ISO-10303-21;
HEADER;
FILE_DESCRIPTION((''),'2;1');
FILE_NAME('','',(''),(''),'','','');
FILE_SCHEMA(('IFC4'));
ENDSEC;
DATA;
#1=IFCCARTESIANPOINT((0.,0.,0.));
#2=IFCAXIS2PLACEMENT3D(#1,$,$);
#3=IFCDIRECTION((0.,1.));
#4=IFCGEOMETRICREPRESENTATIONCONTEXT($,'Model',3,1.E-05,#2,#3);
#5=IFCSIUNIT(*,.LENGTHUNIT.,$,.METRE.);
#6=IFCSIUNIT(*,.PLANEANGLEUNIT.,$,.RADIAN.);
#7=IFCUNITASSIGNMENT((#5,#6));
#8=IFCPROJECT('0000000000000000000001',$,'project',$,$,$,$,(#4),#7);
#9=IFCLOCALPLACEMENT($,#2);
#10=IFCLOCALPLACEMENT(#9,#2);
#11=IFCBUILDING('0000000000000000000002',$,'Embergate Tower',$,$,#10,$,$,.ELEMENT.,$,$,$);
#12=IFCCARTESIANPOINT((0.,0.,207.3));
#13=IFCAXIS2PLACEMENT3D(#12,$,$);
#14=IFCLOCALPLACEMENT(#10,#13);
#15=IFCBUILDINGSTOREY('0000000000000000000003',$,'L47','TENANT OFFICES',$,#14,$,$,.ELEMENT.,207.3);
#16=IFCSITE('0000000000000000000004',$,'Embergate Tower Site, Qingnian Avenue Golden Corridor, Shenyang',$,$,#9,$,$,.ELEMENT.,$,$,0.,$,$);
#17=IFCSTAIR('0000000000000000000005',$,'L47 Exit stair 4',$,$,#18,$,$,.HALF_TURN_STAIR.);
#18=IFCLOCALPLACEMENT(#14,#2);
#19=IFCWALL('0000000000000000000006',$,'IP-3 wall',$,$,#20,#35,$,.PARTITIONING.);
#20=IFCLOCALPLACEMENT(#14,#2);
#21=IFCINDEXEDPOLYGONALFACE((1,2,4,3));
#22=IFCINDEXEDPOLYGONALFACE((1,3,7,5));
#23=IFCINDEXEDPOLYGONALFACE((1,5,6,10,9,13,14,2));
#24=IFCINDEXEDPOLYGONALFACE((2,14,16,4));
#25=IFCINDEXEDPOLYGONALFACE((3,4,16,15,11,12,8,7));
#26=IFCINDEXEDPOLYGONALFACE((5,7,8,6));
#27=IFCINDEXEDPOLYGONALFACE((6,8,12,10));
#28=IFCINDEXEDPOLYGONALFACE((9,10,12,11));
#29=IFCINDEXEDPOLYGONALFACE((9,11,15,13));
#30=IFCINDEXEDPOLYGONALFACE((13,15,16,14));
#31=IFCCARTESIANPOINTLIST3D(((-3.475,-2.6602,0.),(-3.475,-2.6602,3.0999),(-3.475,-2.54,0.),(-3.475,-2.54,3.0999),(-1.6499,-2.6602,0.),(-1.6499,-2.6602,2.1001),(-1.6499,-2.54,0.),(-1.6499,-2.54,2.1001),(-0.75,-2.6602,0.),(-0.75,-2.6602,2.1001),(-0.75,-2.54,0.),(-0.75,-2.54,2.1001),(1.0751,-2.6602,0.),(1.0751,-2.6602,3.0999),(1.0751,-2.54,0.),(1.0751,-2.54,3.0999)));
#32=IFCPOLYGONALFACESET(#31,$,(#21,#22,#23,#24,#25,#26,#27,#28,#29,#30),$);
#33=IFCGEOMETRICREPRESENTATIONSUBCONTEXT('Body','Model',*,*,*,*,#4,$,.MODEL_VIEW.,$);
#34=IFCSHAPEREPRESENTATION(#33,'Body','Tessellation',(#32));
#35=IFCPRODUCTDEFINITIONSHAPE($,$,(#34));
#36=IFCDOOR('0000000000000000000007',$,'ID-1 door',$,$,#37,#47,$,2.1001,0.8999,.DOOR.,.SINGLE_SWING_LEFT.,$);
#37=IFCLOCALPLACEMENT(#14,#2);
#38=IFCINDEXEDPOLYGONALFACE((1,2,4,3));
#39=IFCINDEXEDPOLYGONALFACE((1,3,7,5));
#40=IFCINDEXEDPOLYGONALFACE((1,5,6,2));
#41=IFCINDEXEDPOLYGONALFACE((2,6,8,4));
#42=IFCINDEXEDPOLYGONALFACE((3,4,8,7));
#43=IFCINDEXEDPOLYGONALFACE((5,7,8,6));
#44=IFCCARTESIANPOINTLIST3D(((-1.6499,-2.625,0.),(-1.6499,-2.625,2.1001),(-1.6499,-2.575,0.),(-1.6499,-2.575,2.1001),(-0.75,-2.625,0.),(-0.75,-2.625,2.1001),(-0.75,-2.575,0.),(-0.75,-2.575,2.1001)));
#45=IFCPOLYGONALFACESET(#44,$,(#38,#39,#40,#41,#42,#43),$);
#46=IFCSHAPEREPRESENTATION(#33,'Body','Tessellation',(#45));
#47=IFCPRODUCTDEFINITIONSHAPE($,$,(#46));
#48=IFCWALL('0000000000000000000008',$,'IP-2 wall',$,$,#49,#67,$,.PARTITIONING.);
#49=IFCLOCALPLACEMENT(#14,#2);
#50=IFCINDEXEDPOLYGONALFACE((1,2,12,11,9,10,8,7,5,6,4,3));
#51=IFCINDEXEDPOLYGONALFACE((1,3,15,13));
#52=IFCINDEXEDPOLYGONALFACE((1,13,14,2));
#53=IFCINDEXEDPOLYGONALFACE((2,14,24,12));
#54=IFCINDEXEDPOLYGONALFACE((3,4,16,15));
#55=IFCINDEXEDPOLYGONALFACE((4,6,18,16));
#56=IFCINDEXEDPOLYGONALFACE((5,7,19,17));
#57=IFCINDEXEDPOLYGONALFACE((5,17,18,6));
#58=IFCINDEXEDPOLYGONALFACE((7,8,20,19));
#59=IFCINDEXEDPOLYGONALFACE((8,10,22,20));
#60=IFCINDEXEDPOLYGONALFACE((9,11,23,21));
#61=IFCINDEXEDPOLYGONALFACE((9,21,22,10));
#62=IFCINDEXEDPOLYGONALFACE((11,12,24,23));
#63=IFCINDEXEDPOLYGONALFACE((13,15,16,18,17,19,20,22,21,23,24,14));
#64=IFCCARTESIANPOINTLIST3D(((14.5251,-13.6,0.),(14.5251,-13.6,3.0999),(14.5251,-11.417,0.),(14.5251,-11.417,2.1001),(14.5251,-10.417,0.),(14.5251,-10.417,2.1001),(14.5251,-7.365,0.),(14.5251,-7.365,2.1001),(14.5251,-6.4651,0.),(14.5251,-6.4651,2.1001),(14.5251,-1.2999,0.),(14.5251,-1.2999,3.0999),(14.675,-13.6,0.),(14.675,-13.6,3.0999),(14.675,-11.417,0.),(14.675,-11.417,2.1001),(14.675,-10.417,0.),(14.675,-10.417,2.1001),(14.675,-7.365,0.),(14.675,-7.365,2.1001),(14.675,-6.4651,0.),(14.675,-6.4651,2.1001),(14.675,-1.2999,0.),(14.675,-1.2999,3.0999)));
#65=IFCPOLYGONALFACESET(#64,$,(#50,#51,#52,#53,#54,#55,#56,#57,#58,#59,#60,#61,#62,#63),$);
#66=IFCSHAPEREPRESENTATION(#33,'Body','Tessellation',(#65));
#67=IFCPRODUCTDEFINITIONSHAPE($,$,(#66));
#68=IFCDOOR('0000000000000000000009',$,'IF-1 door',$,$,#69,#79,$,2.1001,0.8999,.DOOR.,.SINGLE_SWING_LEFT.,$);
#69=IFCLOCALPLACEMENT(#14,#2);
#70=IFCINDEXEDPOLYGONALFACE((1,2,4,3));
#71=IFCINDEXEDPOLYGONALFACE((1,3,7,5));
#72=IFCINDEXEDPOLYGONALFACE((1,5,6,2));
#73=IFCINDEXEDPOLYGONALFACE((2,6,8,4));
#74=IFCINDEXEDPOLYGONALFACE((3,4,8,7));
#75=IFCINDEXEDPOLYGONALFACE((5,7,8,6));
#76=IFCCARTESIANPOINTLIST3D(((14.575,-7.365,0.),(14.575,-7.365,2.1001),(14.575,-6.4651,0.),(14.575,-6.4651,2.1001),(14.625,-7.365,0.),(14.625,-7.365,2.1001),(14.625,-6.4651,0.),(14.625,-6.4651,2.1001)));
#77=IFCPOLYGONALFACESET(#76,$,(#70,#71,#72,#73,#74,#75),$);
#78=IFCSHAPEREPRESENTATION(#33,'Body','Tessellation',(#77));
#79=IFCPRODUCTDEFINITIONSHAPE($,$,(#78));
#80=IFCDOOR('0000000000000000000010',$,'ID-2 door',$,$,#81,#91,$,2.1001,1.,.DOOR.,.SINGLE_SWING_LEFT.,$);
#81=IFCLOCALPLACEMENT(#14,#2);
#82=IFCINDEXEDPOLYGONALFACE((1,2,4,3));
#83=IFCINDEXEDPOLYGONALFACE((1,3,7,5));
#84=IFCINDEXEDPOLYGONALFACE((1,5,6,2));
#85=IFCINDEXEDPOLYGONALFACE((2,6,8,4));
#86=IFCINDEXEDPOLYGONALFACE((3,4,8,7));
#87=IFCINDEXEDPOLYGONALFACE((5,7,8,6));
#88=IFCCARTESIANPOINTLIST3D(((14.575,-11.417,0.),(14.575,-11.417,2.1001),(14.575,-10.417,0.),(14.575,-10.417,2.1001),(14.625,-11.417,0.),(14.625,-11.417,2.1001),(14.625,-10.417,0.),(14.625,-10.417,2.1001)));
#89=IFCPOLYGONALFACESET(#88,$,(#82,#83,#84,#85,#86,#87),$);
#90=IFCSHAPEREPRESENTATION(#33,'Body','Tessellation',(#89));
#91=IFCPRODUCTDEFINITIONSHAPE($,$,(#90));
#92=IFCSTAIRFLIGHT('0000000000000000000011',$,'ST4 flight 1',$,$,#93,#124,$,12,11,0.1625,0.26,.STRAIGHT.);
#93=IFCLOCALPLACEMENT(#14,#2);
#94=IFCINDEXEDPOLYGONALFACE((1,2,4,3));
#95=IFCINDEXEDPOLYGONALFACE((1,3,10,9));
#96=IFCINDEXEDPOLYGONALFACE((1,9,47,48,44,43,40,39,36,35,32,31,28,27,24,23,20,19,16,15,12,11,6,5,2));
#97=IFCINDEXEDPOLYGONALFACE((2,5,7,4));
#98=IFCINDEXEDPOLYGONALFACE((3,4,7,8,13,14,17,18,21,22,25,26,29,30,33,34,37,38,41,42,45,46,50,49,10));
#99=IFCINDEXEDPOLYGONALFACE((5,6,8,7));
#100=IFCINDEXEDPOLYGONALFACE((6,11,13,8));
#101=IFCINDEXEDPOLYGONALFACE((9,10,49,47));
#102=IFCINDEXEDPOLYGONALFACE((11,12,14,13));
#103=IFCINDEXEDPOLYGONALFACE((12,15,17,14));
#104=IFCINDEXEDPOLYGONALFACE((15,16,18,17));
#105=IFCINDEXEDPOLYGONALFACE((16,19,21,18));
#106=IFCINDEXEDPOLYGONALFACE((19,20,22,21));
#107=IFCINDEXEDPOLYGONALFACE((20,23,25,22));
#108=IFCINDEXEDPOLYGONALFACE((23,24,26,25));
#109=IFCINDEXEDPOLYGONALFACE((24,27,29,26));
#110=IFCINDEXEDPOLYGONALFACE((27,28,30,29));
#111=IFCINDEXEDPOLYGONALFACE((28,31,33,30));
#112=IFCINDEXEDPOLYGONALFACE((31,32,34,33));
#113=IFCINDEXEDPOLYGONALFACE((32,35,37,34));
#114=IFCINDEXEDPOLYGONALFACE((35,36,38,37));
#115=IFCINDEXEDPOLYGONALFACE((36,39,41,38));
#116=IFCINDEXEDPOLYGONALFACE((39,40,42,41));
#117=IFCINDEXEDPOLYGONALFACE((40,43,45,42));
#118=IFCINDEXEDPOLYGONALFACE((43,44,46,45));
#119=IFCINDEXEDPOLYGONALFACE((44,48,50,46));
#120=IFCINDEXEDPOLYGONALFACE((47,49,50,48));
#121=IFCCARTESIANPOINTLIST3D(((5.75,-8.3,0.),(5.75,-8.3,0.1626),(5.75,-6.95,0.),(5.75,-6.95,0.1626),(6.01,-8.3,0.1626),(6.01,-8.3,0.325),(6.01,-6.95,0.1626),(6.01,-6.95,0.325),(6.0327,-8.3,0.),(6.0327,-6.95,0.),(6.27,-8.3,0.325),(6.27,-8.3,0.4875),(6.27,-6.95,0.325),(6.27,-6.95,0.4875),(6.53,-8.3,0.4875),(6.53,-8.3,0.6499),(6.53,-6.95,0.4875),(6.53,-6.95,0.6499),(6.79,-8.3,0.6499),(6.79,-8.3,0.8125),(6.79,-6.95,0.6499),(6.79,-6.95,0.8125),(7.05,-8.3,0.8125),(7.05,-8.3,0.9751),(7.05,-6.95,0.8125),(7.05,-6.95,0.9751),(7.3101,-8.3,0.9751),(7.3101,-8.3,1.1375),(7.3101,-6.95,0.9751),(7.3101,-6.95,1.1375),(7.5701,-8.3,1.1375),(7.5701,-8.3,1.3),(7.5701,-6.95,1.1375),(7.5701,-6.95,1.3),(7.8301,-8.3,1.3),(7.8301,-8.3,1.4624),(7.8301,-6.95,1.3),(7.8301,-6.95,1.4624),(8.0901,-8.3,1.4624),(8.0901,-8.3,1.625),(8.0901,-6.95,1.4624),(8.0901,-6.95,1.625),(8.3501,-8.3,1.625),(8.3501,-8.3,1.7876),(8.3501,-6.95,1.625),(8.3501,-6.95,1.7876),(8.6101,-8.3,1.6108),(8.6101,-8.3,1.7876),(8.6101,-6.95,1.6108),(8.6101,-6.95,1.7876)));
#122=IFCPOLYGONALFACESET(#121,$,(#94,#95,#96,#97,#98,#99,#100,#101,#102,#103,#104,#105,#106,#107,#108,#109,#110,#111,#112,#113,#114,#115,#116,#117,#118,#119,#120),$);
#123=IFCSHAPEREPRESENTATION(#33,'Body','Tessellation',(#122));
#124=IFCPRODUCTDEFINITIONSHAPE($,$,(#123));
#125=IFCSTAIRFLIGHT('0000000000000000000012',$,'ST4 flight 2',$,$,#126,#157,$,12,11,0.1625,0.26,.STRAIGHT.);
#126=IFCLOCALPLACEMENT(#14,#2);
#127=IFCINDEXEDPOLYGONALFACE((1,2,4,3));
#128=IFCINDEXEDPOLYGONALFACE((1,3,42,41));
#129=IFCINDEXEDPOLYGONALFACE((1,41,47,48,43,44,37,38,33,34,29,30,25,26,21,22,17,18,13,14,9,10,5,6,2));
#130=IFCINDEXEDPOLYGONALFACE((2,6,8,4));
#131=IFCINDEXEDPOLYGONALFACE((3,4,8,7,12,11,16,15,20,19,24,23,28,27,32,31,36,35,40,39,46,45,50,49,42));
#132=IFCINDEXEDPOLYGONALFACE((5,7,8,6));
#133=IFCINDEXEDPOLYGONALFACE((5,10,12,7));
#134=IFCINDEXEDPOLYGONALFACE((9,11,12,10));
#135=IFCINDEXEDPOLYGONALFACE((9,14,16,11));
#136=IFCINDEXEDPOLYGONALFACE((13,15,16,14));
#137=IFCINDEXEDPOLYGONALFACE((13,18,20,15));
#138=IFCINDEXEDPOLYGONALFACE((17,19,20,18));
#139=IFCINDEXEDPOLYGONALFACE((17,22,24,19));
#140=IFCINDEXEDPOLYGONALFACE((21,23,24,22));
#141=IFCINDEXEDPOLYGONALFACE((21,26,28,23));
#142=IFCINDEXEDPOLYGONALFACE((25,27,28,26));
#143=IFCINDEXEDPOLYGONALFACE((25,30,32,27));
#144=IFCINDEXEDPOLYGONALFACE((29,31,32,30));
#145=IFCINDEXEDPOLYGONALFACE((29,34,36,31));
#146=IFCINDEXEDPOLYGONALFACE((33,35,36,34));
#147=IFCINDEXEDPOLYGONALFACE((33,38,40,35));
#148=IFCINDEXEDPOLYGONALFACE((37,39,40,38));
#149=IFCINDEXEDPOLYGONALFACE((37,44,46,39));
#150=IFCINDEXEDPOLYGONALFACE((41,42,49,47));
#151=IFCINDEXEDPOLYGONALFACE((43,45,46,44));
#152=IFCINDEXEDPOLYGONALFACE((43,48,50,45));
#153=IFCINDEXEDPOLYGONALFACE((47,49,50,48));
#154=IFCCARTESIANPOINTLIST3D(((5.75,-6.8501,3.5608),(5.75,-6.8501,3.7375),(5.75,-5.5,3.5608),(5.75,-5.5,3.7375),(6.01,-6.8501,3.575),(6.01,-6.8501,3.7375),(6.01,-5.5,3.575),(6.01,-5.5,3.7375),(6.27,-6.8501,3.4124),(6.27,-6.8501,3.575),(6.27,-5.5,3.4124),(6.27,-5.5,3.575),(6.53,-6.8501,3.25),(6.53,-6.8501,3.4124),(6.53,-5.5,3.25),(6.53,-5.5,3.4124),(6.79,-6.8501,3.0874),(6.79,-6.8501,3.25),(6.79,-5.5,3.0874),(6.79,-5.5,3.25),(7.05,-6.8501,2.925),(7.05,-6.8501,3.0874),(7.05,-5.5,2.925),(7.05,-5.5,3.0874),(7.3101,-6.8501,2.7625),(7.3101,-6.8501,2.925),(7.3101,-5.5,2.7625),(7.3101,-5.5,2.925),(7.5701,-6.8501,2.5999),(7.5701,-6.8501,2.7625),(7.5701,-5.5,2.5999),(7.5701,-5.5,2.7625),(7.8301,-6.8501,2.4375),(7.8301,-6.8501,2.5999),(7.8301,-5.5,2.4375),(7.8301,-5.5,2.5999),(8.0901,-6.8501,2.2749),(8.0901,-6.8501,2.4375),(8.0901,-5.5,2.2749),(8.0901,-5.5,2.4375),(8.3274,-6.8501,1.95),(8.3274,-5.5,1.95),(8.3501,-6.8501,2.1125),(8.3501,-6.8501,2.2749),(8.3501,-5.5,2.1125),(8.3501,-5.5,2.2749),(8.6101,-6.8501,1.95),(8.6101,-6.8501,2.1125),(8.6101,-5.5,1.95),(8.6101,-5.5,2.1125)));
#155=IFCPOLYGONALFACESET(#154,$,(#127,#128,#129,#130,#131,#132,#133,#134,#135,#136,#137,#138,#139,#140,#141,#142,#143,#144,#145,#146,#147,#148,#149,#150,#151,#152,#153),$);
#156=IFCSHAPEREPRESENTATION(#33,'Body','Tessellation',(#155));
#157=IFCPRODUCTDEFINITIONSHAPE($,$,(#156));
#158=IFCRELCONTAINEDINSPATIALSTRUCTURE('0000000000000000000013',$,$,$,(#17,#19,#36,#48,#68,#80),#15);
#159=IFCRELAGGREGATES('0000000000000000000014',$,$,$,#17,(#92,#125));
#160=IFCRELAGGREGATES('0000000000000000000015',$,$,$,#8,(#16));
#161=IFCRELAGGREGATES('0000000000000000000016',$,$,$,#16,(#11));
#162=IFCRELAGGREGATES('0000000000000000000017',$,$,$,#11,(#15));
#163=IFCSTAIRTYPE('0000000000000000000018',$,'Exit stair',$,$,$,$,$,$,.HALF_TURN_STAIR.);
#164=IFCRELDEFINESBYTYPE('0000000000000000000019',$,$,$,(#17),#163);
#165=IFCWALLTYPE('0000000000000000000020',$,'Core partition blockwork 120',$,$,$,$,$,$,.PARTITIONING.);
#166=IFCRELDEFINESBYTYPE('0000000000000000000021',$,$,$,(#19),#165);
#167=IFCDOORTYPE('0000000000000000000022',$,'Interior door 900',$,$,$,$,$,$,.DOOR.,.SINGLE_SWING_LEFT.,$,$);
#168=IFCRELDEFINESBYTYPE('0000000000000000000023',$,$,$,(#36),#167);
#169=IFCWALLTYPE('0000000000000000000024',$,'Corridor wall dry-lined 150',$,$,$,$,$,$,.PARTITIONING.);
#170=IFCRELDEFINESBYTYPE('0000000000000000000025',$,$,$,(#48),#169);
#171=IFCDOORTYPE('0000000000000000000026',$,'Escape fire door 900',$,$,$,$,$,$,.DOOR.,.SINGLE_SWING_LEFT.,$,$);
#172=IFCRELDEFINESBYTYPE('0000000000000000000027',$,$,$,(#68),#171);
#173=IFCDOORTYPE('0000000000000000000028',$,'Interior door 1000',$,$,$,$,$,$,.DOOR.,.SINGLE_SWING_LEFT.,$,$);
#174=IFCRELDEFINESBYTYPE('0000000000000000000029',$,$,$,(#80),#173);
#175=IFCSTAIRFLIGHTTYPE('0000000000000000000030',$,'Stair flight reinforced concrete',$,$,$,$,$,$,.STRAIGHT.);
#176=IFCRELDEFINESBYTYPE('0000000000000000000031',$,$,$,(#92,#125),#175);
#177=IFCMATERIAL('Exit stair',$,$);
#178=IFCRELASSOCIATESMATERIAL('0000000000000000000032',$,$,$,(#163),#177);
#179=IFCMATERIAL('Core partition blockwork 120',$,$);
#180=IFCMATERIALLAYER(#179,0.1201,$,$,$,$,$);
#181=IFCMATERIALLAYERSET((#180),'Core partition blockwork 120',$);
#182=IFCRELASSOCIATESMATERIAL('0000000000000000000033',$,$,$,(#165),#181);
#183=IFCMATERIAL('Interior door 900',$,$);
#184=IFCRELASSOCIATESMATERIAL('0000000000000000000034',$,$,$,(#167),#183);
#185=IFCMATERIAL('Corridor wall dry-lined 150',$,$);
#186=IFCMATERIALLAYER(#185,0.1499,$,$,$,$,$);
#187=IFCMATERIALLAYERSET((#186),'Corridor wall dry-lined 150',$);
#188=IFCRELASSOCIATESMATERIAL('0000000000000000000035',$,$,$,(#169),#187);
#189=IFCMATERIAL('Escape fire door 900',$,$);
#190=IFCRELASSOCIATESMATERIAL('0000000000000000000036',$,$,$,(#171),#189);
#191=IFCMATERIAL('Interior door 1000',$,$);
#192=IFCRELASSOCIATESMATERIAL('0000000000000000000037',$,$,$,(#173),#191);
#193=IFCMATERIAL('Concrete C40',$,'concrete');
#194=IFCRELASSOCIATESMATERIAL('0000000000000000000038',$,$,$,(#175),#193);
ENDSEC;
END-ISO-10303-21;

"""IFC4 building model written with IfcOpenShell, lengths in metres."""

from ifc_helpers import new_model, si_unit, direction, frame, frame_2d, origin, place, context, subcontext, project, spatial, polyline, rectangle, outline, extrude, source, transform, mapped, material, layer, layer_set, type_object, element, fill, aggregate, save


model = new_model("IFC4")

# Units and contexts
model_context = context("Model", 3, precision=1e-05, world=origin(), true_north=direction((0.0, 1.0)))
body_context = subcontext(model_context, "Body", "Model", "MODEL_VIEW")
ifc_project = project(units=[si_unit("LENGTHUNIT", "METRE"), si_unit("PLANEANGLEUNIT", "RADIAN")], contexts=[model_context])

# Site, building, storey
site_placement = place(None, origin())
site = spatial("IfcSite", under=ifc_project, at=site_placement, Name="Embergate Tower Site, Qingnian Avenue Golden Corridor, Shenyang", CompositionType="ELEMENT", RefElevation=0.0)
building_placement = place(site_placement, origin())
building = spatial("IfcBuilding", under=site, at=building_placement, Name="Embergate Tower", CompositionType="ELEMENT")
storey_placement = place(building_placement, frame((0.0, 0.0, 207.3)))
storey = spatial("IfcBuildingStorey", under=building, at=storey_placement, Name="L47", Description="TENANT OFFICES", CompositionType="ELEMENT", Elevation=207.3)

# Stair
ifc_material_1 = material(Name="Exit stair")
stair_type = type_object("IfcStairType", Name="Exit stair", PredefinedType="HALF_TURN_STAIR", material=ifc_material_1)
stair_placement = place(storey_placement, origin())
stair = element("IfcStair", 1, at=stair_placement, inside=storey, type_object=stair_type, Name="L47 Exit stair 4", PredefinedType="HALF_TURN_STAIR")
ifc_material_2 = material(Name="Concrete C40", Category="concrete")

# Shared definitions
ifc_material_3 = material(Name="Core partition blockwork 120")
ifc_layer_1 = layer(ifc_material_3, 0.1201)
ifc_layer_set_1 = layer_set([ifc_layer_1], Name="Core partition blockwork 120")
wall_type_1 = type_object("IfcWallType", Name="Core partition blockwork 120", PredefinedType="PARTITIONING", material=ifc_layer_set_1)

# Wall, opening, door
shared_shape_1 = source(origin(), body_context, "Body", "SweptSolid", [
    extrude(rectangle(XDim=4.55, YDim=0.1201, at=frame_2d((2.2749, 0.0))), origin(), (0.0, 0.0, 1.0), 3.0999),
])
wall_1_placement = place(storey_placement, frame((1.075, -2.6001, 0.0), z_axis=(0.0, 0.0, 1.0), x_axis=(-1.0, 0.0, 0.0)))
wall_1 = element("IfcWall", 2, at=wall_1_placement, inside=storey, type_object=wall_type_1, Name="IP-3 wall", PredefinedType="PARTITIONING", context=body_context, shape_type="MappedRepresentation", body=[
    mapped(shared_shape_1, transform((0.0, 0.0, 0.0))),
])
shared_shape_2 = source(origin(), body_context, "Body", "SweptSolid", [
    extrude(rectangle(XDim=0.8999, YDim=2.1001, at=frame_2d((0.45, 1.05))), frame((0.0, 0.0701, 0.0), z_axis=(0.0, -1.0, 0.0), x_axis=(1.0, 0.0, 0.0)), (0.0, 0.0, 1.0), 0.1401),
])
opening_1_placement = place(wall_1_placement, frame((1.825, 0.0, 0.0)))
opening_1 = element("IfcOpeningElement", 3, at=opening_1_placement, cuts=wall_1, PredefinedType="OPENING", context=body_context, shape_type="MappedRepresentation", body=[
    mapped(shared_shape_2, transform((0.0, 0.0, 0.0))),
])
ifc_material_4 = material(Name="Interior door 900")
door_type_1 = type_object("IfcDoorType", Name="Interior door 900", OperationType="SINGLE_SWING_LEFT", PredefinedType="DOOR", material=ifc_material_4)
shared_shape_3 = source(origin(), body_context, "Body", "SweptSolid", [
    extrude(rectangle(XDim=0.8999, YDim=2.1001, at=frame_2d((0.45, 1.05))), frame((0.0, 0.0249, 0.0), z_axis=(0.0, -1.0, 0.0), x_axis=(1.0, 0.0, 0.0)), (0.0, 0.0, 1.0), 0.05),
])
door_1_placement = place(opening_1_placement, origin())
door_1 = element("IfcDoor", 4, at=door_1_placement, inside=storey, type_object=door_type_1, Name="ID-1 door", OperationType="SINGLE_SWING_LEFT", OverallHeight=2.1001, OverallWidth=0.8999, PredefinedType="DOOR", context=body_context, shape_type="MappedRepresentation", body=[
    mapped(shared_shape_3, transform((0.0, 0.0, 0.0))),
])
fill(opening_1, door_1)

# Wall, openings, doors
ifc_material_5 = material(Name="Corridor wall dry-lined 150")
ifc_layer_2 = layer(ifc_material_5, 0.1499)
ifc_layer_set_2 = layer_set([ifc_layer_2], Name="Corridor wall dry-lined 150")
wall_type_2 = type_object("IfcWallType", Name="Corridor wall dry-lined 150", PredefinedType="PARTITIONING", material=ifc_layer_set_2)
shared_shape_4 = source(origin(), body_context, "Body", "SweptSolid", [
    extrude(rectangle(XDim=12.3, YDim=0.1499, at=frame_2d((6.1499, 0.0))), origin(), (0.0, 0.0, 1.0), 3.0999),
])
wall_2_placement = place(storey_placement, frame((14.6001, -1.3, 0.0), z_axis=(0.0, 0.0, 1.0), x_axis=(0.0, -1.0, 0.0)))
wall_2 = element("IfcWall", 5, at=wall_2_placement, inside=storey, type_object=wall_type_2, Name="IP-2 wall", PredefinedType="PARTITIONING", context=body_context, shape_type="MappedRepresentation", body=[
    mapped(shared_shape_4, transform((0.0, 0.0, 0.0))),
])
shared_shape_5 = source(origin(), body_context, "Body", "SweptSolid", [
    extrude(rectangle(XDim=1.0, YDim=2.1001, at=frame_2d((0.5, 1.05))), frame((0.0, 0.085, 0.0), z_axis=(0.0, -1.0, 0.0), x_axis=(1.0, 0.0, 0.0)), (0.0, 0.0, 1.0), 0.1699),
])
opening_2_placement = place(wall_2_placement, frame((9.1169, 0.0, 0.0)))
opening_2 = element("IfcOpeningElement", 6, at=opening_2_placement, cuts=wall_2, PredefinedType="OPENING", context=body_context, shape_type="MappedRepresentation", body=[
    mapped(shared_shape_5, transform((0.0, 0.0, 0.0))),
])
shared_shape_6 = source(origin(), body_context, "Body", "SweptSolid", [
    extrude(rectangle(XDim=0.8999, YDim=2.1001, at=frame_2d((0.45, 1.05))), frame((0.0, 0.085, 0.0), z_axis=(0.0, -1.0, 0.0), x_axis=(1.0, 0.0, 0.0)), (0.0, 0.0, 1.0), 0.1699),
])
opening_3_placement = place(wall_2_placement, frame((5.165, 0.0, 0.0)))
opening_3 = element("IfcOpeningElement", 7, at=opening_3_placement, cuts=wall_2, PredefinedType="OPENING", context=body_context, shape_type="MappedRepresentation", body=[
    mapped(shared_shape_6, transform((0.0, 0.0, 0.0))),
])
ifc_material_6 = material(Name="Escape fire door 900")
door_type_2 = type_object("IfcDoorType", Name="Escape fire door 900", OperationType="SINGLE_SWING_LEFT", PredefinedType="DOOR", material=ifc_material_6)
door_2_placement = place(opening_3_placement, origin())
door_2 = element("IfcDoor", 8, at=door_2_placement, inside=storey, type_object=door_type_2, Name="IF-1 door", OperationType="SINGLE_SWING_LEFT", OverallHeight=2.1001, OverallWidth=0.8999, PredefinedType="DOOR", context=body_context, shape_type="MappedRepresentation", body=[
    mapped(shared_shape_3, transform((0.0, 0.0, 0.0))),
])
fill(opening_3, door_2)
ifc_material_7 = material(Name="Interior door 1000")
door_type_3 = type_object("IfcDoorType", Name="Interior door 1000", OperationType="SINGLE_SWING_LEFT", PredefinedType="DOOR", material=ifc_material_7)
shared_shape_7 = source(origin(), body_context, "Body", "SweptSolid", [
    extrude(rectangle(XDim=1.0, YDim=2.1001, at=frame_2d((0.5, 1.05))), frame((0.0, 0.0249, 0.0), z_axis=(0.0, -1.0, 0.0), x_axis=(1.0, 0.0, 0.0)), (0.0, 0.0, 1.0), 0.05),
])
door_3_placement = place(opening_2_placement, origin())
door_3 = element("IfcDoor", 9, at=door_3_placement, inside=storey, type_object=door_type_3, Name="ID-2 door", OperationType="SINGLE_SWING_LEFT", OverallHeight=2.1001, OverallWidth=1.0, PredefinedType="DOOR", context=body_context, shape_type="MappedRepresentation", body=[
    mapped(shared_shape_7, transform((0.0, 0.0, 0.0))),
])
fill(opening_2, door_3)

# Stair flights
stair_flight_type = type_object("IfcStairFlightType", Name="Stair flight reinforced concrete", PredefinedType="STRAIGHT", material=ifc_material_2)
shared_shape_8 = source(origin(), body_context, "Body", "SweptSolid", [
    extrude(outline(polyline([(0.0, 0.0), (0.0, 0.1626), (0.26, 0.1626), (0.26, 0.325), (0.52, 0.325), (0.52, 0.4875), (0.78, 0.4875), (0.78, 0.6499), (1.04, 0.6499), (1.04, 0.8125), (1.3, 0.8125), (1.3, 0.9751), (1.5601, 0.9751), (1.5601, 1.1375), (1.8201, 1.1375), (1.8201, 1.3), (2.0801, 1.3), (2.0801, 1.4624), (2.3401, 1.4624), (2.3401, 1.625), (2.6001, 1.625), (2.6001, 1.7876), (2.8601, 1.7876), (2.8601, 1.95), (2.8601, 1.6108), (0.2827, 0.0), (0.0, 0.0)])), frame((0.0, 0.675, 0.0), z_axis=(0.0, -1.0, 0.0), x_axis=(1.0, 0.0, 0.0)), (0.0, 0.0, 1.0), 1.3501),
])
stair_flight_1_placement = place(storey_placement, frame((5.75, -7.625, 0.0), z_axis=(0.0, 0.0, 1.0), x_axis=(1.0, 0.0, 0.0)))
stair_flight_1 = element("IfcStairFlight", 10, at=stair_flight_1_placement, type_object=stair_flight_type, Name="ST4 flight 1", NumberOfRisers=12, NumberOfTreads=11, PredefinedType="STRAIGHT", RiserHeight=0.1625, TreadLength=0.26, context=body_context, shape_type="MappedRepresentation", body=[
    mapped(shared_shape_8, transform((0.0, 0.0, 0.0))),
])
stair_flight_2_placement = place(storey_placement, frame((8.6101, -6.175, 1.95), z_axis=(0.0, 0.0, 1.0), x_axis=(-1.0, 0.0, 0.0)))
stair_flight_2 = element("IfcStairFlight", 11, at=stair_flight_2_placement, type_object=stair_flight_type, Name="ST4 flight 2", NumberOfRisers=12, NumberOfTreads=11, PredefinedType="STRAIGHT", RiserHeight=0.1625, TreadLength=0.26, context=body_context, shape_type="MappedRepresentation", body=[
    mapped(shared_shape_8, transform((0.0, 0.0, 0.0))),
])
aggregate(stair, [stair_flight_1, stair_flight_2])

save(model, "model.ifc")
